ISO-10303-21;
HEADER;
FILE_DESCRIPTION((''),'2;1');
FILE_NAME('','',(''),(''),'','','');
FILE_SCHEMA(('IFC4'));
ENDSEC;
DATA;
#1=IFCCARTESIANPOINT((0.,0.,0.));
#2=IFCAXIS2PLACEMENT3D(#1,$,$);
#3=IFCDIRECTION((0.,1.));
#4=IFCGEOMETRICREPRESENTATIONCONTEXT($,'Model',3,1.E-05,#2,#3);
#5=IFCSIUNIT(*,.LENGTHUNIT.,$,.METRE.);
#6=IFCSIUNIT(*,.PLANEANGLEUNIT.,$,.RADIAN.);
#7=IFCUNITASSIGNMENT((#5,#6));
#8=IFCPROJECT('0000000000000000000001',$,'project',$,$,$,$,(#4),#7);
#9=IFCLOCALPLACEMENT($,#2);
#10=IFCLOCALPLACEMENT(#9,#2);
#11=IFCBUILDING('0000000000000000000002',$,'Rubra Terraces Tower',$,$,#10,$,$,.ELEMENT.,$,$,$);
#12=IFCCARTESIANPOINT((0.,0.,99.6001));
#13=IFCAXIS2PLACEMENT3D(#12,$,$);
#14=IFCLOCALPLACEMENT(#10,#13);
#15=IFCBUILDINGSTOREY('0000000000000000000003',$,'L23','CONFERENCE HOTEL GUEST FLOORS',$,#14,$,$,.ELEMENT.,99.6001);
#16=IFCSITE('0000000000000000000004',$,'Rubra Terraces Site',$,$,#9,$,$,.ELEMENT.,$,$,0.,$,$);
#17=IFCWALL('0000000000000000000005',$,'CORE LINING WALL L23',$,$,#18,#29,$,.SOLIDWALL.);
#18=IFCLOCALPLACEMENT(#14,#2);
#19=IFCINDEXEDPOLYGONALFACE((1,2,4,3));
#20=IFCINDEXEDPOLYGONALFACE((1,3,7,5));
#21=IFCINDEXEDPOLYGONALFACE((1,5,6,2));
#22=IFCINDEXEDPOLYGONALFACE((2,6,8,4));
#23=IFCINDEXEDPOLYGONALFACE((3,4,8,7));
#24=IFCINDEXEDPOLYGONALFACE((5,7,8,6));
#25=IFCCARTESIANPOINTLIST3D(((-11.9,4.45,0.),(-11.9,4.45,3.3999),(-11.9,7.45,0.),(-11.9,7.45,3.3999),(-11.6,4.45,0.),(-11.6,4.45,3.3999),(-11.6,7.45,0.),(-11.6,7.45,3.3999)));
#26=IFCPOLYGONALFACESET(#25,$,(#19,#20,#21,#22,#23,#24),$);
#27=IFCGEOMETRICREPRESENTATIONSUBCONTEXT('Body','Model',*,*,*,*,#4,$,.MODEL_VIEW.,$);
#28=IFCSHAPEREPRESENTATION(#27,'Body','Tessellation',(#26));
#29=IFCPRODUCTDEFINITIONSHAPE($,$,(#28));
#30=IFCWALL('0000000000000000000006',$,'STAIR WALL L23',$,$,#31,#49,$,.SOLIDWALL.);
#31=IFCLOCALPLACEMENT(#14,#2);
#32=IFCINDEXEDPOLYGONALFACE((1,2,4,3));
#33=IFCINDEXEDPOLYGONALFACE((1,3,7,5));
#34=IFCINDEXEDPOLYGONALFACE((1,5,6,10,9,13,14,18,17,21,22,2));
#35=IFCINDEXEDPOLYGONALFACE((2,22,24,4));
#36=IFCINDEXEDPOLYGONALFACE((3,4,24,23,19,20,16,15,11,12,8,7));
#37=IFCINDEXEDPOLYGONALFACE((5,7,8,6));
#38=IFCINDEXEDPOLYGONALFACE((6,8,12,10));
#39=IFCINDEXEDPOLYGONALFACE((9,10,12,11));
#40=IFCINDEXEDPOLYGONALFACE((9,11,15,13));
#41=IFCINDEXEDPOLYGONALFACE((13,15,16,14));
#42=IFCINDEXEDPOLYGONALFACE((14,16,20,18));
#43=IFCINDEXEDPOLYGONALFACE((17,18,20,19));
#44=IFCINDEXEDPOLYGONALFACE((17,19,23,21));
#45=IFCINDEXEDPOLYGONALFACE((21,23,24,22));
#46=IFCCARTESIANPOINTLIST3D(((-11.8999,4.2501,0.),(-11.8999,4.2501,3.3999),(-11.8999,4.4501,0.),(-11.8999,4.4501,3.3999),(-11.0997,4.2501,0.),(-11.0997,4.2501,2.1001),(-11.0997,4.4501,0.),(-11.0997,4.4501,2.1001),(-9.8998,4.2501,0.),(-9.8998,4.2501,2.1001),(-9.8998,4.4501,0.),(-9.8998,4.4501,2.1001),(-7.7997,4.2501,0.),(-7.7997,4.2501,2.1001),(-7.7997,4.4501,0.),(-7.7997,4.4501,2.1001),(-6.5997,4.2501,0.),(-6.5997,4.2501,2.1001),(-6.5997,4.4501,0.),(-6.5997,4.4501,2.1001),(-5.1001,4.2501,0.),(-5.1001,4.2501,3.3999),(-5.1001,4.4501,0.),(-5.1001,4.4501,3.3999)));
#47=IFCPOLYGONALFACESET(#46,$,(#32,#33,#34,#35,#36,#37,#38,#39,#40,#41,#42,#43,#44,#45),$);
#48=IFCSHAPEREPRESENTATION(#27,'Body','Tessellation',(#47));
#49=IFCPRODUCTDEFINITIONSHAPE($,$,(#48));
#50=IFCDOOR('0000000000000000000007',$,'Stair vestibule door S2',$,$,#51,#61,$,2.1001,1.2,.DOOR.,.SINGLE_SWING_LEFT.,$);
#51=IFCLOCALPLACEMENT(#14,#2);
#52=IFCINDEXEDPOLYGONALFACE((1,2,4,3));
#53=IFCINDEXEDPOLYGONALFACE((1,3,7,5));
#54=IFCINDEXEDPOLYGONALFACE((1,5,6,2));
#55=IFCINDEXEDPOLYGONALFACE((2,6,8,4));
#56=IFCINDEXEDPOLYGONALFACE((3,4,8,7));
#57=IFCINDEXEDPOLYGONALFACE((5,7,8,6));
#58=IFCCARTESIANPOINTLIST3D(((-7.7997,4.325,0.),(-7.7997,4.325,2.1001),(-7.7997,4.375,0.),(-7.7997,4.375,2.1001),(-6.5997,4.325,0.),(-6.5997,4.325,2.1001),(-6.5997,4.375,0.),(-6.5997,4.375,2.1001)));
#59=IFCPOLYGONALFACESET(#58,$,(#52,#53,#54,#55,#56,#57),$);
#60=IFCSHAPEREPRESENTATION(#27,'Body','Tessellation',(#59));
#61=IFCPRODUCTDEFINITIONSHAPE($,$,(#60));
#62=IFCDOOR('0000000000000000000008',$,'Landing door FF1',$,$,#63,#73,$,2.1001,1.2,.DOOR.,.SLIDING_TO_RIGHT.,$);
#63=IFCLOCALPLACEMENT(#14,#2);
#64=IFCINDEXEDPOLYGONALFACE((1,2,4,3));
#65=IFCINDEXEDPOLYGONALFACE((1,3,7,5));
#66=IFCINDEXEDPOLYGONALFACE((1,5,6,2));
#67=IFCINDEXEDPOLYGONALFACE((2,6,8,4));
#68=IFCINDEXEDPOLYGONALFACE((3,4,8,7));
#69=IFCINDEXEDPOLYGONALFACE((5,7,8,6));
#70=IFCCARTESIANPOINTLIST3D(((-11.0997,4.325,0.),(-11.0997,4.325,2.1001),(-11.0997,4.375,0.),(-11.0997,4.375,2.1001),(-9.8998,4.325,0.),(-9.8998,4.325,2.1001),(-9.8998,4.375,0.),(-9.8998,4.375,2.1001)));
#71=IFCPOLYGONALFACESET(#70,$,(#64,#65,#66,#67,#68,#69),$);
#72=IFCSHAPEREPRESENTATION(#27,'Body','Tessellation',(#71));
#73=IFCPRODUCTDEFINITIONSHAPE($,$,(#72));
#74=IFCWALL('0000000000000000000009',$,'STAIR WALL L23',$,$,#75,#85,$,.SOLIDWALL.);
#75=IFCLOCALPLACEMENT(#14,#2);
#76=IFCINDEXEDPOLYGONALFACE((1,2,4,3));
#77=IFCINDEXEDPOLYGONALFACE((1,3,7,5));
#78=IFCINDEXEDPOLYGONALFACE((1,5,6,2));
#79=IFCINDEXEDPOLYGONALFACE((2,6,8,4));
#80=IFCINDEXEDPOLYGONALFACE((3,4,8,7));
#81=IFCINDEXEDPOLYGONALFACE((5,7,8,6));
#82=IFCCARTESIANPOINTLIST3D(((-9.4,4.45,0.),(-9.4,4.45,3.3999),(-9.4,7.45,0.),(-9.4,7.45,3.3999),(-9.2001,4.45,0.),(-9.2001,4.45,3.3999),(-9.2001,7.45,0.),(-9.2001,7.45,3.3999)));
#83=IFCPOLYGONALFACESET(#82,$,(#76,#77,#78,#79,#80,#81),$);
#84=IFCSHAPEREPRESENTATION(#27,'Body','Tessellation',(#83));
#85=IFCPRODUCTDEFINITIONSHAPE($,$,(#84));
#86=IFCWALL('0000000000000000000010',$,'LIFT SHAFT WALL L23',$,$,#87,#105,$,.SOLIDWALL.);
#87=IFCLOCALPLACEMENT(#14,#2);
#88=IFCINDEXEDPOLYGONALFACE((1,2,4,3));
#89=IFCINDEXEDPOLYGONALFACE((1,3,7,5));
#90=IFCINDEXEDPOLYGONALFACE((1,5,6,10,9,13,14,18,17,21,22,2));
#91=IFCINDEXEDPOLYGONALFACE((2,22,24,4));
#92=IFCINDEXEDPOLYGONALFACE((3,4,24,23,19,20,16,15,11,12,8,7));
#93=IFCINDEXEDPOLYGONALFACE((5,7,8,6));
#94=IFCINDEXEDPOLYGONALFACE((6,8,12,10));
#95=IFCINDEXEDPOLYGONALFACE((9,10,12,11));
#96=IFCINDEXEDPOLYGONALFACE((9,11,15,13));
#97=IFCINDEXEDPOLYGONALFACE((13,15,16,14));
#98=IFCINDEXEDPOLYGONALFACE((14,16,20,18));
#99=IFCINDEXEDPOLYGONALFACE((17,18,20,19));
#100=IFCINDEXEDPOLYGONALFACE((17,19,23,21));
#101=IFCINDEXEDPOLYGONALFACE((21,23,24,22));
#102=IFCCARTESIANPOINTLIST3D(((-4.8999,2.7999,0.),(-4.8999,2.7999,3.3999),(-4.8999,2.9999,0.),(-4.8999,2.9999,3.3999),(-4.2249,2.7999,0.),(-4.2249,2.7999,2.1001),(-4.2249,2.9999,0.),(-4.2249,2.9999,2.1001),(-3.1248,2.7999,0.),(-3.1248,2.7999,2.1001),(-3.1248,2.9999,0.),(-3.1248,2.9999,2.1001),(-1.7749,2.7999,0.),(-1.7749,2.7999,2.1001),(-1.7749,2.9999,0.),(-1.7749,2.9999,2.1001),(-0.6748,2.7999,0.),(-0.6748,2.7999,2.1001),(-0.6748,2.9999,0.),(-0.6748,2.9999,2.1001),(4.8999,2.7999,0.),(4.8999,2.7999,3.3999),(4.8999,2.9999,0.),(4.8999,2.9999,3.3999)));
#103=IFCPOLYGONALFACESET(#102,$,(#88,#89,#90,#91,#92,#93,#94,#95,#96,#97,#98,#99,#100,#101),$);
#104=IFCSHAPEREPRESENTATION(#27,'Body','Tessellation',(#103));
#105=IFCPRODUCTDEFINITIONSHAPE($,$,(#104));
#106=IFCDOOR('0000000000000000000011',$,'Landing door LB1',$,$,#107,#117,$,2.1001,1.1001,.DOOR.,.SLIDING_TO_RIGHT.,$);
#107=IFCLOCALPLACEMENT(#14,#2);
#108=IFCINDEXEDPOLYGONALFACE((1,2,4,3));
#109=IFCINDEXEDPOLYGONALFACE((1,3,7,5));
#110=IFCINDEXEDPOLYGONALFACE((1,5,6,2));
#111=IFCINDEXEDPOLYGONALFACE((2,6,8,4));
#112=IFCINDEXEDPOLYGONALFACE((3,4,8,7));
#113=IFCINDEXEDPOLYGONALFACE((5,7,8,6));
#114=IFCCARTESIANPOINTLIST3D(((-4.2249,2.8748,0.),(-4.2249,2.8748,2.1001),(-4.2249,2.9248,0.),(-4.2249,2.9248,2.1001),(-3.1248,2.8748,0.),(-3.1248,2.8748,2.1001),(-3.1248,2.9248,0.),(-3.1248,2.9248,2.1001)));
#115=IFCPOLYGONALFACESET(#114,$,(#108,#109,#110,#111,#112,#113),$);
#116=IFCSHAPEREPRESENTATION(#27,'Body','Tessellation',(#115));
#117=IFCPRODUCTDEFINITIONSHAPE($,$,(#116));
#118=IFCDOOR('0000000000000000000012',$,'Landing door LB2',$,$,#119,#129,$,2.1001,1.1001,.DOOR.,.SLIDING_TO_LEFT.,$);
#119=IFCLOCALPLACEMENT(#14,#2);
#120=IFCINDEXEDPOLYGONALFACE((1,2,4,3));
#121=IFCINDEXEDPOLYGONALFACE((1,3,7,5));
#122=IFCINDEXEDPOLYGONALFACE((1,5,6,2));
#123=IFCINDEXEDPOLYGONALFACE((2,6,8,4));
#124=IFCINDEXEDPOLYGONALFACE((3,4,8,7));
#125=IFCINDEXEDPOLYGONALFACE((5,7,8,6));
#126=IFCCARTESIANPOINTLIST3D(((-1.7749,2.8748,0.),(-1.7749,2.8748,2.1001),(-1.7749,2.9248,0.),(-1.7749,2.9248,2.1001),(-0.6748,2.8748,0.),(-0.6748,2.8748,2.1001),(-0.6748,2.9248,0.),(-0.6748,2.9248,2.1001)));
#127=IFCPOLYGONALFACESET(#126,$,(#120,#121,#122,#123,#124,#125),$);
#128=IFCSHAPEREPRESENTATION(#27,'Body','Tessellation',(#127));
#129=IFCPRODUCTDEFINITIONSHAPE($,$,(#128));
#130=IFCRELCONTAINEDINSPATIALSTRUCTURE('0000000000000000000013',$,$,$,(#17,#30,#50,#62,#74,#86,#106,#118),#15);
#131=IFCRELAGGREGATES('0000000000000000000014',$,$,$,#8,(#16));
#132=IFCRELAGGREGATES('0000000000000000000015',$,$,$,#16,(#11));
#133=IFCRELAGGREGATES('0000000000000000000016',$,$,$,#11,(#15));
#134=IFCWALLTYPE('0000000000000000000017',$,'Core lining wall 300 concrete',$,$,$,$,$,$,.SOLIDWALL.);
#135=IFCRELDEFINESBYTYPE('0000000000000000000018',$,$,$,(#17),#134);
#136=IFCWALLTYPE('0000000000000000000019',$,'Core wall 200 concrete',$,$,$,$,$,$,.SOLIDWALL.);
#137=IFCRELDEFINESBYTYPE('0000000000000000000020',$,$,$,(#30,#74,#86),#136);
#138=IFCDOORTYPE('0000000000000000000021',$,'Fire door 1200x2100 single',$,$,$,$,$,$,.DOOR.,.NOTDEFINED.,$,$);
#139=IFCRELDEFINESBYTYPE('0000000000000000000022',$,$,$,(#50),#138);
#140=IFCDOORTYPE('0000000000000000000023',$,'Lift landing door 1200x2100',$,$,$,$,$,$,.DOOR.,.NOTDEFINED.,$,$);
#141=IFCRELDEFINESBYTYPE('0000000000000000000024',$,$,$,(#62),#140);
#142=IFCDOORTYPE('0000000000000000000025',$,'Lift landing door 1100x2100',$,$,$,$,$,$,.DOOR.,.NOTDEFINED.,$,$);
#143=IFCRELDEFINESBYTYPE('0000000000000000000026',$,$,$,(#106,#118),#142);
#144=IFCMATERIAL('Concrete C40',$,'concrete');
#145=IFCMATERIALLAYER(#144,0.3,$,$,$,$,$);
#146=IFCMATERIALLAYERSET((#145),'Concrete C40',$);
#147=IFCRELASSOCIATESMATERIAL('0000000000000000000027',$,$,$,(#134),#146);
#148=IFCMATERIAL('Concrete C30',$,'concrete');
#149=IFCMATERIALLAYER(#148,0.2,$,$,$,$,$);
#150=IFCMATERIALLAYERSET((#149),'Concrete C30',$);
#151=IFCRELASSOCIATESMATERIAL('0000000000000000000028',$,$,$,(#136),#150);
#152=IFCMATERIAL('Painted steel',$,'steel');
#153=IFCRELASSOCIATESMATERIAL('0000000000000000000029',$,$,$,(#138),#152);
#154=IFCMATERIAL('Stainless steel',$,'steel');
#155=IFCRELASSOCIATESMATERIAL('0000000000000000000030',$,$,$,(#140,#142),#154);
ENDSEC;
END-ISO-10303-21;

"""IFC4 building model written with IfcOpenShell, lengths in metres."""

from ifc_helpers import new_model, si_unit, direction, frame, frame_2d, origin, place, context, subcontext, project, spatial, rectangle, extrude, material, layer, layer_set, type_object, element, fill, save


model = new_model("IFC4")

# Units and contexts
model_context = context("Model", 3, precision=1e-05, world=origin(), true_north=direction((0.0, 1.0)))
body_context = subcontext(model_context, "Body", "Model", "MODEL_VIEW")
ifc_project = project(units=[si_unit("LENGTHUNIT", "METRE"), si_unit("PLANEANGLEUNIT", "RADIAN")], contexts=[model_context])

# Site, building, storey
site_placement = place(None, origin())
site = spatial("IfcSite", under=ifc_project, at=site_placement, Name="Rubra Terraces Site", CompositionType="ELEMENT", RefElevation=0.0)
building_placement = place(site_placement, origin())
building = spatial("IfcBuilding", under=site, at=building_placement, Name="Rubra Terraces Tower", CompositionType="ELEMENT")
storey_placement = place(building_placement, frame((0.0, 0.0, 99.6001)))
storey = spatial("IfcBuildingStorey", under=building, at=storey_placement, Name="L23", Description="CONFERENCE HOTEL GUEST FLOORS", CompositionType="ELEMENT", Elevation=99.6001)

# Wall
ifc_material_1 = material(Name="Concrete C40", Category="concrete")
ifc_layer_1 = layer(ifc_material_1, 0.3)
ifc_layer_set_1 = layer_set([ifc_layer_1], Name="Concrete C40")
wall_type_1 = type_object("IfcWallType", Name="Core lining wall 300 concrete", PredefinedType="SOLIDWALL", material=ifc_layer_set_1)
wall_1_placement = place(storey_placement, frame((-11.75, 4.45, 0.0), z_axis=(0.0, 0.0, 1.0), x_axis=(0.0, 1.0, 0.0)))
element("IfcWall", 1, at=wall_1_placement, inside=storey, type_object=wall_type_1, Name="CORE LINING WALL L23", PredefinedType="SOLIDWALL", context=body_context, shape_type="SweptSolid", body=[
    extrude(rectangle(XDim=3.0, YDim=0.3, at=frame_2d((1.5, 0.0))), origin(), (0.0, 0.0, 1.0), 3.3999),
])

# Wall, openings, doors
ifc_material_2 = material(Name="Concrete C30", Category="concrete")
ifc_layer_2 = layer(ifc_material_2, 0.2)
ifc_layer_set_2 = layer_set([ifc_layer_2], Name="Concrete C30")
wall_type_2 = type_object("IfcWallType", Name="Core wall 200 concrete", PredefinedType="SOLIDWALL", material=ifc_layer_set_2)
wall_2_placement = place(storey_placement, frame((-11.8999, 4.3501, 0.0), z_axis=(0.0, 0.0, 1.0), x_axis=(1.0, 0.0, 0.0)))
wall_2 = element("IfcWall", 2, at=wall_2_placement, inside=storey, type_object=wall_type_2, Name="STAIR WALL L23", PredefinedType="SOLIDWALL", context=body_context, shape_type="SweptSolid", body=[
    extrude(rectangle(XDim=6.7998, YDim=0.2, at=frame_2d((3.3999, 0.0))), origin(), (0.0, 0.0, 1.0), 3.3999),
])
opening_1_placement = place(wall_2_placement, frame((4.1001, 0.0, 0.0)))
opening_1 = element("IfcOpeningElement", 3, at=opening_1_placement, cuts=wall_2, PredefinedType="OPENING", context=body_context, shape_type="SweptSolid", body=[
    extrude(rectangle(XDim=1.2, YDim=2.1001, at=frame_2d((0.6001, 1.05))), frame((0.0, 0.1099, 0.0), z_axis=(0.0, -1.0, 0.0), x_axis=(1.0, 0.0, 0.0)), (0.0, 0.0, 1.0), 0.22),
])
opening_2_placement = place(wall_2_placement, frame((0.8, 0.0, 0.0)))
opening_2 = element("IfcOpeningElement", 4, at=opening_2_placement, cuts=wall_2, PredefinedType="OPENING", context=body_context, shape_type="SweptSolid", body=[
    extrude(rectangle(XDim=1.2, YDim=2.1001, at=frame_2d((0.6001, 1.05))), frame((0.0, 0.1099, 0.0), z_axis=(0.0, -1.0, 0.0), x_axis=(1.0, 0.0, 0.0)), (0.0, 0.0, 1.0), 0.22),
])
ifc_material_3 = material(Name="Painted steel", Category="steel")
door_type_1 = type_object("IfcDoorType", Name="Fire door 1200x2100 single", OperationType="NOTDEFINED", PredefinedType="DOOR", material=ifc_material_3)
door_1_placement = place(opening_1_placement, origin())
door_1 = element("IfcDoor", 5, at=door_1_placement, inside=storey, type_object=door_type_1, Name="Stair vestibule door S2", OperationType="SINGLE_SWING_LEFT", OverallHeight=2.1001, OverallWidth=1.2, PredefinedType="DOOR", context=body_context, shape_type="SweptSolid", body=[
    extrude(rectangle(XDim=1.2, YDim=2.1001, at=frame_2d((0.6001, 1.05))), frame((0.0, 0.0249, 0.0), z_axis=(0.0, -1.0, 0.0), x_axis=(1.0, 0.0, 0.0)), (0.0, 0.0, 1.0), 0.05),
])
fill(opening_1, door_1)
ifc_material_4 = material(Name="Stainless steel", Category="steel")
door_type_2 = type_object("IfcDoorType", Name="Lift landing door 1200x2100", OperationType="NOTDEFINED", PredefinedType="DOOR", material=ifc_material_4)
door_2_placement = place(opening_2_placement, origin())
door_2 = element("IfcDoor", 6, at=door_2_placement, inside=storey, type_object=door_type_2, Name="Landing door FF1", OperationType="SLIDING_TO_RIGHT", OverallHeight=2.1001, OverallWidth=1.2, PredefinedType="DOOR", context=body_context, shape_type="SweptSolid", body=[
    extrude(rectangle(XDim=1.2, YDim=2.1001, at=frame_2d((0.6001, 1.05))), frame((0.0, 0.0249, 0.0), z_axis=(0.0, -1.0, 0.0), x_axis=(1.0, 0.0, 0.0)), (0.0, 0.0, 1.0), 0.05),
])
fill(opening_2, door_2)

# Wall
wall_3_placement = place(storey_placement, frame((-9.3, 4.45, 0.0), z_axis=(0.0, 0.0, 1.0), x_axis=(0.0, 1.0, 0.0)))
element("IfcWall", 7, at=wall_3_placement, inside=storey, type_object=wall_type_2, Name="STAIR WALL L23", PredefinedType="SOLIDWALL", context=body_context, shape_type="SweptSolid", body=[
    extrude(rectangle(XDim=3.0, YDim=0.2, at=frame_2d((1.5, 0.0))), origin(), (0.0, 0.0, 1.0), 3.3999),
])

# Wall, openings, doors
wall_4_placement = place(storey_placement, frame((-4.8999, 2.8999, 0.0), z_axis=(0.0, 0.0, 1.0), x_axis=(1.0, 0.0, 0.0)))
wall_4 = element("IfcWall", 8, at=wall_4_placement, inside=storey, type_object=wall_type_2, Name="LIFT SHAFT WALL L23", PredefinedType="SOLIDWALL", context=body_context, shape_type="SweptSolid", body=[
    extrude(rectangle(XDim=9.7998, YDim=0.2, at=frame_2d((4.8999, 0.0))), origin(), (0.0, 0.0, 1.0), 3.3999),
])
opening_3_placement = place(wall_4_placement, frame((0.675, 0.0, 0.0)))
opening_3 = element("IfcOpeningElement", 9, at=opening_3_placement, cuts=wall_4, PredefinedType="OPENING", context=body_context, shape_type="SweptSolid", body=[
    extrude(rectangle(XDim=1.1001, YDim=2.1001, at=frame_2d((0.55, 1.05))), frame((0.0, 0.1099, 0.0), z_axis=(0.0, -1.0, 0.0), x_axis=(1.0, 0.0, 0.0)), (0.0, 0.0, 1.0), 0.22),
])
opening_4_placement = place(wall_4_placement, frame((3.125, 0.0, 0.0)))
opening_4 = element("IfcOpeningElement", 10, at=opening_4_placement, cuts=wall_4, PredefinedType="OPENING", context=body_context, shape_type="SweptSolid", body=[
    extrude(rectangle(XDim=1.1001, YDim=2.1001, at=frame_2d((0.55, 1.05))), frame((0.0, 0.1099, 0.0), z_axis=(0.0, -1.0, 0.0), x_axis=(1.0, 0.0, 0.0)), (0.0, 0.0, 1.0), 0.22),
])
door_type_3 = type_object("IfcDoorType", Name="Lift landing door 1100x2100", OperationType="NOTDEFINED", PredefinedType="DOOR", material=ifc_material_4)
door_3_placement = place(opening_3_placement, origin())
door_3 = element("IfcDoor", 11, at=door_3_placement, inside=storey, type_object=door_type_3, Name="Landing door LB1", OperationType="SLIDING_TO_RIGHT", OverallHeight=2.1001, OverallWidth=1.1001, PredefinedType="DOOR", context=body_context, shape_type="SweptSolid", body=[
    extrude(rectangle(XDim=1.1001, YDim=2.1001, at=frame_2d((0.55, 1.05))), frame((0.0, 0.0249, 0.0), z_axis=(0.0, -1.0, 0.0), x_axis=(1.0, 0.0, 0.0)), (0.0, 0.0, 1.0), 0.05),
])
fill(opening_3, door_3)
door_4_placement = place(opening_4_placement, origin())
door_4 = element("IfcDoor", 12, at=door_4_placement, inside=storey, type_object=door_type_3, Name="Landing door LB2", OperationType="SLIDING_TO_LEFT", OverallHeight=2.1001, OverallWidth=1.1001, PredefinedType="DOOR", context=body_context, shape_type="SweptSolid", body=[
    extrude(rectangle(XDim=1.1001, YDim=2.1001, at=frame_2d((0.55, 1.05))), frame((0.0, 0.0249, 0.0), z_axis=(0.0, -1.0, 0.0), x_axis=(1.0, 0.0, 0.0)), (0.0, 0.0, 1.0), 0.05),
])
fill(opening_4, door_4)

save(model, "model.ifc")
